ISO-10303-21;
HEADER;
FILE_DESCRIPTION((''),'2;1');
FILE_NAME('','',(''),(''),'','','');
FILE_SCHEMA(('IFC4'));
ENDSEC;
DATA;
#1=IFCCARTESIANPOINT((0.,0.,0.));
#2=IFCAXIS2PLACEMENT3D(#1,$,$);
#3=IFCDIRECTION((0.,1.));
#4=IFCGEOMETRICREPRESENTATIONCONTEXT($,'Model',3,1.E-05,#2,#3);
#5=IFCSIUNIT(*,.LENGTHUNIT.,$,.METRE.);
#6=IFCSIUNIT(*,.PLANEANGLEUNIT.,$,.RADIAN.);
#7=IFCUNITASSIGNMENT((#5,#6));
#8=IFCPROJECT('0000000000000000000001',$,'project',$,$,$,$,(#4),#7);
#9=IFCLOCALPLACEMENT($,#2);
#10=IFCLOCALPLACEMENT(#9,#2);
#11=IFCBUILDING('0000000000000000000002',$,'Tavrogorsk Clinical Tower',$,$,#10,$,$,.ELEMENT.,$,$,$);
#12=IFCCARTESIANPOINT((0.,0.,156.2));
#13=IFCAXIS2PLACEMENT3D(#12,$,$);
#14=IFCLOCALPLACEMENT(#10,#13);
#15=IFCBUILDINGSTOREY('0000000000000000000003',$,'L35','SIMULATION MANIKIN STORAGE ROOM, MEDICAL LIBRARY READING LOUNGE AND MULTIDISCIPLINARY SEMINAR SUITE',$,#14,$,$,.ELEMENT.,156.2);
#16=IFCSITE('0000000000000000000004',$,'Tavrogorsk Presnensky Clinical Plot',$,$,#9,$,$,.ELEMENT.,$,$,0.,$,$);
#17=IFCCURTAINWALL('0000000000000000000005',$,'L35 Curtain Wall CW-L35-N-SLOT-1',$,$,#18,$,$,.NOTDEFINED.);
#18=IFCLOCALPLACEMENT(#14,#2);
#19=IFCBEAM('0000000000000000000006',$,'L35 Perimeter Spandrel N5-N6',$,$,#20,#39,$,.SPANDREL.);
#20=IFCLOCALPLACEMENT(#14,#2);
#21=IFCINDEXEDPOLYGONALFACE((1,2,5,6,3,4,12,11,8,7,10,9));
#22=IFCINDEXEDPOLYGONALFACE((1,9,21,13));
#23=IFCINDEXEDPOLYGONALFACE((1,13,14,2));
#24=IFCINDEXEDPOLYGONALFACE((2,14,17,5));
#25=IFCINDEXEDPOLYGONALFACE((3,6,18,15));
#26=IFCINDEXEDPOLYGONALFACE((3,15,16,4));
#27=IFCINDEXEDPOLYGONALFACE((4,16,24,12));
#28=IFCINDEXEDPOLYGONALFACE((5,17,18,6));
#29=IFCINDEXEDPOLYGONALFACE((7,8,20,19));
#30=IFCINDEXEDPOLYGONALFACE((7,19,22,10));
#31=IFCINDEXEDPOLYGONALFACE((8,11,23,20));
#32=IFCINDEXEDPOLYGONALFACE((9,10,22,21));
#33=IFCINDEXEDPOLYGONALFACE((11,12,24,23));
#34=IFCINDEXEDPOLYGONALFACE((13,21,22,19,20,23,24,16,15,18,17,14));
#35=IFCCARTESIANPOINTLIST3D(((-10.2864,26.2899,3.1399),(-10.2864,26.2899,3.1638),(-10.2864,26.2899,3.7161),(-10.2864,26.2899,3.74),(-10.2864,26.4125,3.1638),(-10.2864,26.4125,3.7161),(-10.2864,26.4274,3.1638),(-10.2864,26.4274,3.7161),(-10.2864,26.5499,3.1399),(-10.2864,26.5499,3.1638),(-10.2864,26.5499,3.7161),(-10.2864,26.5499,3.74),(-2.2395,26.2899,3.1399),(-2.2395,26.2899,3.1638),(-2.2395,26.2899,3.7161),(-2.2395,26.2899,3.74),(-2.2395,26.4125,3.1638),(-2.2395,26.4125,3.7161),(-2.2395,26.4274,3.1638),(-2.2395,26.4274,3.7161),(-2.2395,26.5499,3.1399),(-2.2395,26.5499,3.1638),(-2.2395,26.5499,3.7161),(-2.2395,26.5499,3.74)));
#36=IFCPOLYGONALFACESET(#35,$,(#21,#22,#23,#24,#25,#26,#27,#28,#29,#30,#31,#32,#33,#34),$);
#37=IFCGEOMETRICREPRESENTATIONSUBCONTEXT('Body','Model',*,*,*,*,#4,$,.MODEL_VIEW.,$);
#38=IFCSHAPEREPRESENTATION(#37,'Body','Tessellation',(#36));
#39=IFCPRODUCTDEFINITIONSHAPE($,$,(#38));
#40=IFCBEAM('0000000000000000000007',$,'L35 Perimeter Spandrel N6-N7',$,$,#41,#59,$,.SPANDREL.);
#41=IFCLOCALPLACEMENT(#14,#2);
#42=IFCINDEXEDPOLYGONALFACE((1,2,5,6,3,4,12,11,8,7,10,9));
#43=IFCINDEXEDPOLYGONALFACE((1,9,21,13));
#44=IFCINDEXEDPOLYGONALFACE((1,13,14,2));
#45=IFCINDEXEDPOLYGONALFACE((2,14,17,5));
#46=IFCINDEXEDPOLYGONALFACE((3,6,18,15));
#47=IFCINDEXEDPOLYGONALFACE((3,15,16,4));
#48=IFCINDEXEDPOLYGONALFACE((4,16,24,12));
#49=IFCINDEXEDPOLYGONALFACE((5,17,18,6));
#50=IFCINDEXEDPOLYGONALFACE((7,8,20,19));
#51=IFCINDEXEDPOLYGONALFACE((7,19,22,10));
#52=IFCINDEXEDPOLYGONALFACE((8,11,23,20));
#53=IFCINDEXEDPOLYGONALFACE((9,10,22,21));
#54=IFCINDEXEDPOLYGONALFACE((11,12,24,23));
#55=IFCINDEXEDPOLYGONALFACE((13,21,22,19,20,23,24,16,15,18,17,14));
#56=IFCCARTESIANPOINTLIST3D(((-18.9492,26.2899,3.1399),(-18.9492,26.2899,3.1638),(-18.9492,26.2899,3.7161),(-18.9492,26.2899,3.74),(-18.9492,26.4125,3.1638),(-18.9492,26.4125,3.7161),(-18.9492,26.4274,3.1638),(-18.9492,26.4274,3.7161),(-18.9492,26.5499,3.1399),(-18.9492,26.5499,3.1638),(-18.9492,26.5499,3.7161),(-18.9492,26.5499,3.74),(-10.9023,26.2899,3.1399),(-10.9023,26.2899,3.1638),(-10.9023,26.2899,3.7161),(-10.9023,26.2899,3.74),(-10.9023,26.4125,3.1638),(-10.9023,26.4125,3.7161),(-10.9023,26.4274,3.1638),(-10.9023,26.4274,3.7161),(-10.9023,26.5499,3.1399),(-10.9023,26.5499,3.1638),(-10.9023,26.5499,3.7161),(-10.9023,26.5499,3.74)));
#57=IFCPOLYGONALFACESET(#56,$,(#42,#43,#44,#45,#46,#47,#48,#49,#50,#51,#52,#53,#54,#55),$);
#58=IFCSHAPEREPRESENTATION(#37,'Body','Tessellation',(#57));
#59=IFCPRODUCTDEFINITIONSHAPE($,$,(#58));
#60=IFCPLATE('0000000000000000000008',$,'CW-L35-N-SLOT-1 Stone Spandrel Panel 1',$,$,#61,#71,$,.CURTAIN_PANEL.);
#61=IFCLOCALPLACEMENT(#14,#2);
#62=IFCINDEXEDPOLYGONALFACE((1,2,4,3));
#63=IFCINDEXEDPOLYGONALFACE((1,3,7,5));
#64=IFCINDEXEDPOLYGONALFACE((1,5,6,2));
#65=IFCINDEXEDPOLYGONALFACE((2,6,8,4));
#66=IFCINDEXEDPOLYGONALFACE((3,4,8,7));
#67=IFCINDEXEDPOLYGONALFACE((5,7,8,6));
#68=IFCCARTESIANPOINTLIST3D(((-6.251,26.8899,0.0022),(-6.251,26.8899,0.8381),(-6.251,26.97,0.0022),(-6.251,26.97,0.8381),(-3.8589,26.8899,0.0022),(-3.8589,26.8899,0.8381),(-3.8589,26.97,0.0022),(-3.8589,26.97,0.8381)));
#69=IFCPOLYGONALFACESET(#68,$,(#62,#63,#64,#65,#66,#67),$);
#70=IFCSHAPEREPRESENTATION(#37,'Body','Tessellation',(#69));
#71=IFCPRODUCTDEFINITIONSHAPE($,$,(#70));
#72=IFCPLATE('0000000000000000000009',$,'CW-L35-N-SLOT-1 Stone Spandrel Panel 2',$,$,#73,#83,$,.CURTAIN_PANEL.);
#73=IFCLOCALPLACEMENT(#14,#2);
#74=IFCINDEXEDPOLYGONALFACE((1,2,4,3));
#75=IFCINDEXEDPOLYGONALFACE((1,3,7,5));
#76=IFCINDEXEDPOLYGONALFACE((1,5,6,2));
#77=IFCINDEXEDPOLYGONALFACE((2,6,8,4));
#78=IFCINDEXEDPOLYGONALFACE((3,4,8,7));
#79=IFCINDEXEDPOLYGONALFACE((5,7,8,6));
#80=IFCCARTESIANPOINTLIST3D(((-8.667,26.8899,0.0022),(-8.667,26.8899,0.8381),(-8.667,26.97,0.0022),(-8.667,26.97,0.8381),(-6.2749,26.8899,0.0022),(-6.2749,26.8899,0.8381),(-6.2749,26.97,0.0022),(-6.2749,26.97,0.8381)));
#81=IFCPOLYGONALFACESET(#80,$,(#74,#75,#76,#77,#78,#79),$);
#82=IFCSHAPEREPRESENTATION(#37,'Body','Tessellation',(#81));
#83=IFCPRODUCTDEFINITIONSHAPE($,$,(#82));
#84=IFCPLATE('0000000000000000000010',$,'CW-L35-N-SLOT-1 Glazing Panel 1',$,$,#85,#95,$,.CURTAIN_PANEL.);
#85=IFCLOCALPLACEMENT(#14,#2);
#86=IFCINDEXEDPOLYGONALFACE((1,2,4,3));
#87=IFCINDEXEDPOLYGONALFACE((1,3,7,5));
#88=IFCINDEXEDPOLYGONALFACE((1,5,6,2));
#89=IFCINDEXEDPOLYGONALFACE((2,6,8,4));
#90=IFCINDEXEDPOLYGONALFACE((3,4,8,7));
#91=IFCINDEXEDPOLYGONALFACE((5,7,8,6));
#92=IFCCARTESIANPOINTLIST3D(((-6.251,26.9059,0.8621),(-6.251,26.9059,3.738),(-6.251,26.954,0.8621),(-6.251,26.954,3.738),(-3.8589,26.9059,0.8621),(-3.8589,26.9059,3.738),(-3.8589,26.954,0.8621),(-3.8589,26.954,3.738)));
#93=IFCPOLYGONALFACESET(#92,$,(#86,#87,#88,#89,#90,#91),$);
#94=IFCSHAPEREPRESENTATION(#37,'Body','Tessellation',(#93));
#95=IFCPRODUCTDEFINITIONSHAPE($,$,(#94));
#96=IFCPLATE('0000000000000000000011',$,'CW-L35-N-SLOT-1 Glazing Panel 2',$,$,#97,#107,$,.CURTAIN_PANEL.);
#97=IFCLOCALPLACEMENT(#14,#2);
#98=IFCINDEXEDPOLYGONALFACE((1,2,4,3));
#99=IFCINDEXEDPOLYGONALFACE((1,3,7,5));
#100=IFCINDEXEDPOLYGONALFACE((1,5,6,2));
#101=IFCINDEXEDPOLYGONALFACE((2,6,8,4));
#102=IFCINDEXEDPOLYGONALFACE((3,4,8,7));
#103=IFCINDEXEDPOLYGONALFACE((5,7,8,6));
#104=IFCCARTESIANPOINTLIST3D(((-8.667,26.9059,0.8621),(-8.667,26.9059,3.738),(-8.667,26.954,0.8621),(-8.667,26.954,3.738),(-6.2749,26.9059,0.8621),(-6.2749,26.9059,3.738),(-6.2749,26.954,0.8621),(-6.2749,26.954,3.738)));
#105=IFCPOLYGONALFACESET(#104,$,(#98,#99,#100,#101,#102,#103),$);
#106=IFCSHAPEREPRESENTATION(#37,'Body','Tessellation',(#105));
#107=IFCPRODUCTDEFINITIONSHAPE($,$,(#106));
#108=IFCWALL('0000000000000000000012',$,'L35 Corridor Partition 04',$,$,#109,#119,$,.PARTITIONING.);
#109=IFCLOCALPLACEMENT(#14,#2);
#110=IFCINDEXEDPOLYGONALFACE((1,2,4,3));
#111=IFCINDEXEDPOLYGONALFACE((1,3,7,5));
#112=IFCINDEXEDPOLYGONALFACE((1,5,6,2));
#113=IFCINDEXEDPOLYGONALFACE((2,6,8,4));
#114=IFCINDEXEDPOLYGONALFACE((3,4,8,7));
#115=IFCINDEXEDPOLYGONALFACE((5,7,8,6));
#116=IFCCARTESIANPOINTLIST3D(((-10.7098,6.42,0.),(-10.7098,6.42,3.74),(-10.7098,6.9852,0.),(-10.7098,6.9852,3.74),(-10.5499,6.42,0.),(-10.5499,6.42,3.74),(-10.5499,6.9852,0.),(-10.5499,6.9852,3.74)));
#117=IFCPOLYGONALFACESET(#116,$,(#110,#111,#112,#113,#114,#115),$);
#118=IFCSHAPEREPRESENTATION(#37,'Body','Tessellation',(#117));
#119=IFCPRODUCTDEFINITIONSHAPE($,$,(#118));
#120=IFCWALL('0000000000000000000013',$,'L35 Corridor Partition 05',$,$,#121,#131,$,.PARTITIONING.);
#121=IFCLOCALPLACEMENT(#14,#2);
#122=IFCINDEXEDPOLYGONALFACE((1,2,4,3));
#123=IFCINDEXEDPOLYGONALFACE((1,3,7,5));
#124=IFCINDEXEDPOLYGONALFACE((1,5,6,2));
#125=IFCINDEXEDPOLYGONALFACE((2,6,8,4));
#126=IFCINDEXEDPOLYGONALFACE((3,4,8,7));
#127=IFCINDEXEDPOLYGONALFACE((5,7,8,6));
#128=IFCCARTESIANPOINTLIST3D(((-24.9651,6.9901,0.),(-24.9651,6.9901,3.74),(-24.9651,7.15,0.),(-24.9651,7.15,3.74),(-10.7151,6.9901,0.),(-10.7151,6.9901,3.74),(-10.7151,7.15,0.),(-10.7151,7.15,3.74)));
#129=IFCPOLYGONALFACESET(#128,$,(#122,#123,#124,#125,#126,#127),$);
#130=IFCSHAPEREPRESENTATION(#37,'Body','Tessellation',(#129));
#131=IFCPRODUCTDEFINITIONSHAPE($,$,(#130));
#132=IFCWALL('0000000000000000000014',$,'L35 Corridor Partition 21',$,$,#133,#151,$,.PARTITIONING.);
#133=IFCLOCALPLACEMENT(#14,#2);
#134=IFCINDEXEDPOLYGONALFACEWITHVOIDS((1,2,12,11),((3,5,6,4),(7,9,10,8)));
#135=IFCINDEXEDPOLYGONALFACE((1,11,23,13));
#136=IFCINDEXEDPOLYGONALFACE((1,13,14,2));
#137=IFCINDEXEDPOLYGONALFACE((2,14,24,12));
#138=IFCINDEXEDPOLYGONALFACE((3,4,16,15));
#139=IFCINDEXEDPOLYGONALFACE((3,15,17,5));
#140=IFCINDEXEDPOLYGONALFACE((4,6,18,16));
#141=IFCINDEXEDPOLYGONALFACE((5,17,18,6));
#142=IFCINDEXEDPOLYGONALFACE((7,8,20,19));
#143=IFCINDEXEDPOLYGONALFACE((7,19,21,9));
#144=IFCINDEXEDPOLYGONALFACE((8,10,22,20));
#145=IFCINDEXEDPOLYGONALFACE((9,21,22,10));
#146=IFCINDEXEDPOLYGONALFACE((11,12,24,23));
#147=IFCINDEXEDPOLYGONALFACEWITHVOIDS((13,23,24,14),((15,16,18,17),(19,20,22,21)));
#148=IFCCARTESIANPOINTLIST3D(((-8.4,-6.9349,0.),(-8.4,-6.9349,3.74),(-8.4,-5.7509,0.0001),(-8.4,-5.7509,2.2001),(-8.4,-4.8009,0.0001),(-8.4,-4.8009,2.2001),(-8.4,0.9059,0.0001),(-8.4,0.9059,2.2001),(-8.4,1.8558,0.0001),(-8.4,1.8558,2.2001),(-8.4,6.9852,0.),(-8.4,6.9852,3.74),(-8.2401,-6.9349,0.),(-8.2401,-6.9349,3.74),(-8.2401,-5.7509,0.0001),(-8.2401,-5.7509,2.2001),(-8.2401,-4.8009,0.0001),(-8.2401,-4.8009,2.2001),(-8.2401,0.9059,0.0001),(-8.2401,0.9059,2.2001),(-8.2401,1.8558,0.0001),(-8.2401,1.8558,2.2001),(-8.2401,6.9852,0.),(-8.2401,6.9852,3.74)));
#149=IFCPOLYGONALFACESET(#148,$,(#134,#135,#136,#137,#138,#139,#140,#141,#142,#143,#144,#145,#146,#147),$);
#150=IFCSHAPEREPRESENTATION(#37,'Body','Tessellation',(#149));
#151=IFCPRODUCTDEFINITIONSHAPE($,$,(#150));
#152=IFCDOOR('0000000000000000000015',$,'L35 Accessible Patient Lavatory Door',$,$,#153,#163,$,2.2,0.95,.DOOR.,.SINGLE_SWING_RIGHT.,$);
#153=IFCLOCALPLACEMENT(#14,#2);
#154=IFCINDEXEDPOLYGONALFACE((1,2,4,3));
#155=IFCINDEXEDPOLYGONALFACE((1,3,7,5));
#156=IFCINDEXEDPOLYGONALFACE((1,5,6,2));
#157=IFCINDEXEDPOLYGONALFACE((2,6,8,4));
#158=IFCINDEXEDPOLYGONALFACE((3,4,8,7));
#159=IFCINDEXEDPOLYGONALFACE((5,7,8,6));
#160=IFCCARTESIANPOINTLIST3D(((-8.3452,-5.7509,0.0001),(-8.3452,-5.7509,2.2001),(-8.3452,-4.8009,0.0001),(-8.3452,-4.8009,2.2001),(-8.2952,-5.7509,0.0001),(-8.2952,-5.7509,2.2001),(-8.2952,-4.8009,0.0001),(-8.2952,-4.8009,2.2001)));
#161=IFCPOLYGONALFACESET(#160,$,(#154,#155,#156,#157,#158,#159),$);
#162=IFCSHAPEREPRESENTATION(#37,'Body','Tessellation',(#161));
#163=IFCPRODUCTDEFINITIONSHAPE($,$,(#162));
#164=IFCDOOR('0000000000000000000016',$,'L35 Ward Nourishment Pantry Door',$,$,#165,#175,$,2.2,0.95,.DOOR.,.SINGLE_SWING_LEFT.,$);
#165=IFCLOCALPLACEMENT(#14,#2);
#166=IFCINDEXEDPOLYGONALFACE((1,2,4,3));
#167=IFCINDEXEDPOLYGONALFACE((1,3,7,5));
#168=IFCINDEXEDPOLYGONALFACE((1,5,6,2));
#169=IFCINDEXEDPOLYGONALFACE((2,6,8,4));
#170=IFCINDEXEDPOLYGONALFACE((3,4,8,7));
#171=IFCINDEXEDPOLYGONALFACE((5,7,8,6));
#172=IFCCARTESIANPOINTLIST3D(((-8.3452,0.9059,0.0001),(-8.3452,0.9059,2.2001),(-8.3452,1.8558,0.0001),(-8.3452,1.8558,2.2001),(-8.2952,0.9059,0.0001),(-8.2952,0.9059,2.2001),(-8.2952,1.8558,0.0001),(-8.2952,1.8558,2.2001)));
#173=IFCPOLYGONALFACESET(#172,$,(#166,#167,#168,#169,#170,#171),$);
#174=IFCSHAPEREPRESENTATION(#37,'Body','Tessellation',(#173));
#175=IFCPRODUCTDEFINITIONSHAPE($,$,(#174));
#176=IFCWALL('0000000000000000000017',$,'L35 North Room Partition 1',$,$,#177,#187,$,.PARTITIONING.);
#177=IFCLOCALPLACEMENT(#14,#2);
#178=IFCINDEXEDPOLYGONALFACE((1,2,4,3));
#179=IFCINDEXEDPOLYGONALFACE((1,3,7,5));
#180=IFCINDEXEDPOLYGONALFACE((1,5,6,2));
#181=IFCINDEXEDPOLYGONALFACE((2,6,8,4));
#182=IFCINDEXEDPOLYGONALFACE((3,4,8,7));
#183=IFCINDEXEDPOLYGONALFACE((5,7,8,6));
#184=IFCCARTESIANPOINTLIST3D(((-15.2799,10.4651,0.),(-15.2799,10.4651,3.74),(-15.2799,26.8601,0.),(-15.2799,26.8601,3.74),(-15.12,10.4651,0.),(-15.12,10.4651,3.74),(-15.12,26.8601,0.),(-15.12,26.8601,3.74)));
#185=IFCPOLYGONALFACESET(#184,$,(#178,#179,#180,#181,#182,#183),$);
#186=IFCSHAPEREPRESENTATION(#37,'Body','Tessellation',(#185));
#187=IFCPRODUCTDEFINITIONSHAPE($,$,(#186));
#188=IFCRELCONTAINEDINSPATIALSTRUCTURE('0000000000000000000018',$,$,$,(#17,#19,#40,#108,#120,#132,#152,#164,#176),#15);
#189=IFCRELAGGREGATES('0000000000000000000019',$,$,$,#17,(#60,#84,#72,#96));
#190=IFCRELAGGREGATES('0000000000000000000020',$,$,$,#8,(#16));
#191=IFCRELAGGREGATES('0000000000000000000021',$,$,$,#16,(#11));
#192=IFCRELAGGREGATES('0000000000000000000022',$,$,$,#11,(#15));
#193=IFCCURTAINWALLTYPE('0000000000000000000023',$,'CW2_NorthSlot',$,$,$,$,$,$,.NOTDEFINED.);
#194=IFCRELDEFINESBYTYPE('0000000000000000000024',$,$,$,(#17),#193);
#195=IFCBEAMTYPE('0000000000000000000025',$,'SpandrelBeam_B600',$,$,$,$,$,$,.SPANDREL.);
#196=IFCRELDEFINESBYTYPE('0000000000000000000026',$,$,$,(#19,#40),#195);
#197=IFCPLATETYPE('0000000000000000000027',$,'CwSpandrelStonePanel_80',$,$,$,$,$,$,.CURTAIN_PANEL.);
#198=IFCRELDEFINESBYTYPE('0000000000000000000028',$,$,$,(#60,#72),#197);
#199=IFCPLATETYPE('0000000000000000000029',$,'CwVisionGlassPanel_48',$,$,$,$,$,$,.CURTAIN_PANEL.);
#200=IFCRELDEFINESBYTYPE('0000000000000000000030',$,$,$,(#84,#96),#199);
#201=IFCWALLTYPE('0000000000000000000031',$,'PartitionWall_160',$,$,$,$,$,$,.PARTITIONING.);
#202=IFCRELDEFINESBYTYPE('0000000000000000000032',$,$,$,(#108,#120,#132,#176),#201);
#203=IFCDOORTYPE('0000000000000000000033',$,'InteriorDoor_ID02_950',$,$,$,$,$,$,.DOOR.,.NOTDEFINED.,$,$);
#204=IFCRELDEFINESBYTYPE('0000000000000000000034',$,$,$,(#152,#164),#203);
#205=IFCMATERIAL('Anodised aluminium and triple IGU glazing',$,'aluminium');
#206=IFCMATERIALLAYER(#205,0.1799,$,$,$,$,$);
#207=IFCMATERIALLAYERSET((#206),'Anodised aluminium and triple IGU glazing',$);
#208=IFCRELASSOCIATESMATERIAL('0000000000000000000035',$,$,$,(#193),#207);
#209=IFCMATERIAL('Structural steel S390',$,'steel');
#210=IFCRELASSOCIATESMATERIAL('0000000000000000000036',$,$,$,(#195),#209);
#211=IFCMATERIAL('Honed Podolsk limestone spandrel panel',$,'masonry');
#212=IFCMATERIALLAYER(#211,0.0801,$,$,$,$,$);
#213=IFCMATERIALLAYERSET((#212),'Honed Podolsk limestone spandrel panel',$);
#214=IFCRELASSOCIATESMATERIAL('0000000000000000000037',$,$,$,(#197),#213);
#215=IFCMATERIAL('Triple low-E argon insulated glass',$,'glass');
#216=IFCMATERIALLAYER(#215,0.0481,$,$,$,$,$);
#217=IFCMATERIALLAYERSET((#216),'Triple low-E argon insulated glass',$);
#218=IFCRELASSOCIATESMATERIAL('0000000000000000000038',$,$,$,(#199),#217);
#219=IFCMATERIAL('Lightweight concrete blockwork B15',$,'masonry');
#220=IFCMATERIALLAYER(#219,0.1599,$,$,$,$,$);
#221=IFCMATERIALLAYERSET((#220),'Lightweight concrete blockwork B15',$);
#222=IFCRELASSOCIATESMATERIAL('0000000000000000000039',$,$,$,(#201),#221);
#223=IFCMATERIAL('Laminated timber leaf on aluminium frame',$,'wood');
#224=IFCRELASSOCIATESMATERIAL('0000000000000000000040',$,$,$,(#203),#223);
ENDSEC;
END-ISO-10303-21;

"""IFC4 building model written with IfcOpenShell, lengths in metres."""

from ifc_helpers import new_model, si_unit, direction, frame, frame_2d, origin, origin_2d, place, context, subcontext, project, spatial, rectangle, i_section, extrude, material, layer, layer_set, material_profile, profile_set, type_object, element, fill, aggregate, save


model = new_model("IFC4")

# Units and contexts
model_context = context("Model", 3, precision=1e-05, world=origin(), true_north=direction((0.0, 1.0)))
body_context = subcontext(model_context, "Body", "Model", "MODEL_VIEW")
ifc_project = project(units=[si_unit("LENGTHUNIT", "METRE"), si_unit("PLANEANGLEUNIT", "RADIAN")], contexts=[model_context])

# Site, building, storey
site_placement = place(None, origin())
site = spatial("IfcSite", under=ifc_project, at=site_placement, Name="Tavrogorsk Presnensky Clinical Plot", CompositionType="ELEMENT", RefElevation=0.0)
building_placement = place(site_placement, origin())
building = spatial("IfcBuilding", under=site, at=building_placement, Name="Tavrogorsk Clinical Tower", CompositionType="ELEMENT")
storey_placement = place(building_placement, frame((0.0, 0.0, 156.2)))
storey = spatial("IfcBuildingStorey", under=building, at=storey_placement, Name="L35", Description="SIMULATION MANIKIN STORAGE ROOM, MEDICAL LIBRARY READING LOUNGE AND MULTIDISCIPLINARY SEMINAR SUITE", CompositionType="ELEMENT", Elevation=156.2)

# Curtain wall
ifc_material_1 = material(Name="Anodised aluminium and triple IGU glazing", Category="aluminium")
ifc_layer_1 = layer(ifc_material_1, 0.1799)
ifc_layer_set_1 = layer_set([ifc_layer_1], Name="Anodised aluminium and triple IGU glazing")
curtain_wall_type = type_object("IfcCurtainWallType", Name="CW2_NorthSlot", PredefinedType="NOTDEFINED", material=ifc_layer_set_1)
curtain_wall_placement = place(storey_placement, origin())
curtain_wall = element("IfcCurtainWall", 1, at=curtain_wall_placement, inside=storey, type_object=curtain_wall_type, Name="L35 Curtain Wall CW-L35-N-SLOT-1", PredefinedType="NOTDEFINED")

# Beams
ifc_material_2 = material(Name="Structural steel S390", Category="steel")
ifc_material_profile_1 = material_profile(ifc_material_2, i_section(OverallWidth=0.26, OverallDepth=0.6001, WebThickness=0.0149, FlangeThickness=0.0239, at=origin_2d()), Name="B-600x260x15x24")
ifc_profile_set_1 = profile_set([ifc_material_profile_1], Name="Structural steel S390")
beam_type_1 = type_object("IfcBeamType", Name="SpandrelBeam_B600", PredefinedType="SPANDREL", material=ifc_profile_set_1)
for number, where, z_axis, x_axis, name in (
    (2, (-2.2395, 26.4199, 3.4399), (-1.0, 0.0, 0.0), (0.0, -1.0, 0.0), "L35 Perimeter Spandrel N5-N6"),
    (3, (-10.9023, 26.4199, 3.4399), (-1.0, 0.0, 0.0), (0.0, -1.0, 0.0), "L35 Perimeter Spandrel N6-N7"),
):
    element("IfcBeam", number, at=place(storey_placement, frame(where, z_axis=z_axis, x_axis=x_axis)), inside=storey, type_object=beam_type_1, Name=name, PredefinedType="SPANDREL", context=body_context, shape_type="SweptSolid", body=[
        extrude(i_section(OverallWidth=0.26, OverallDepth=0.6001, WebThickness=0.0149, FlangeThickness=0.0239, at=origin_2d()), origin(), (0.0, 0.0, 1.0), 8.0469),
    ])

# Plates
ifc_material_3 = material(Name="Honed Podolsk limestone spandrel panel", Category="masonry")
ifc_layer_2 = layer(ifc_material_3, 0.0801)
ifc_layer_set_2 = layer_set([ifc_layer_2], Name="Honed Podolsk limestone spandrel panel")
plate_type_1 = type_object("IfcPlateType", Name="CwSpandrelStonePanel_80", PredefinedType="CURTAIN_PANEL", material=ifc_layer_set_2)
plate_1_placement = place(storey_placement, frame((-5.0549, 26.9299, 0.0022), z_axis=(0.0, 0.0, 1.0), x_axis=(-1.0, 0.0, 0.0)))
plate_1 = element("IfcPlate", 4, at=plate_1_placement, type_object=plate_type_1, Name="CW-L35-N-SLOT-1 Stone Spandrel Panel 1", PredefinedType="CURTAIN_PANEL", context=body_context, shape_type="SweptSolid", body=[
    extrude(rectangle(XDim=2.3921, YDim=0.0801, at=origin_2d()), origin(), (0.0, 0.0, 1.0), 0.8359),
])
plate_2_placement = place(storey_placement, frame((-7.4709, 26.9299, 0.0022), z_axis=(0.0, 0.0, 1.0), x_axis=(-1.0, 0.0, 0.0)))
plate_2 = element("IfcPlate", 5, at=plate_2_placement, type_object=plate_type_1, Name="CW-L35-N-SLOT-1 Stone Spandrel Panel 2", PredefinedType="CURTAIN_PANEL", context=body_context, shape_type="SweptSolid", body=[
    extrude(rectangle(XDim=2.3921, YDim=0.0801, at=origin_2d()), origin(), (0.0, 0.0, 1.0), 0.8359),
])
ifc_material_4 = material(Name="Triple low-E argon insulated glass", Category="glass")
ifc_layer_3 = layer(ifc_material_4, 0.0481)
ifc_layer_set_3 = layer_set([ifc_layer_3], Name="Triple low-E argon insulated glass")
plate_type_2 = type_object("IfcPlateType", Name="CwVisionGlassPanel_48", PredefinedType="CURTAIN_PANEL", material=ifc_layer_set_3)
plate_3_placement = place(storey_placement, frame((-5.0549, 26.9299, 0.8621), z_axis=(0.0, 0.0, 1.0), x_axis=(-1.0, 0.0, 0.0)))
plate_3 = element("IfcPlate", 6, at=plate_3_placement, type_object=plate_type_2, Name="CW-L35-N-SLOT-1 Glazing Panel 1", PredefinedType="CURTAIN_PANEL", context=body_context, shape_type="SweptSolid", body=[
    extrude(rectangle(XDim=2.3921, YDim=0.0481, at=origin_2d()), origin(), (0.0, 0.0, 1.0), 2.876),
])
plate_4_placement = place(storey_placement, frame((-7.4709, 26.9299, 0.8621), z_axis=(0.0, 0.0, 1.0), x_axis=(-1.0, 0.0, 0.0)))
plate_4 = element("IfcPlate", 7, at=plate_4_placement, type_object=plate_type_2, Name="CW-L35-N-SLOT-1 Glazing Panel 2", PredefinedType="CURTAIN_PANEL", context=body_context, shape_type="SweptSolid", body=[
    extrude(rectangle(XDim=2.3921, YDim=0.0481, at=origin_2d()), origin(), (0.0, 0.0, 1.0), 2.876),
])
aggregate(curtain_wall, [plate_1, plate_3, plate_2, plate_4])

# Walls
ifc_material_5 = material(Name="Lightweight concrete blockwork B15", Category="masonry")
ifc_layer_4 = layer(ifc_material_5, 0.1599)
ifc_layer_set_4 = layer_set([ifc_layer_4], Name="Lightweight concrete blockwork B15")
wall_type_1 = type_object("IfcWallType", Name="PartitionWall_160", PredefinedType="PARTITIONING", material=ifc_layer_set_4)
wall_1_placement = place(storey_placement, frame((-10.6299, 6.4199, 0.0), z_axis=(0.0, 0.0, 1.0), x_axis=(0.0, 1.0, 0.0)))
element("IfcWall", 8, at=wall_1_placement, inside=storey, type_object=wall_type_1, Name="L35 Corridor Partition 04", PredefinedType="PARTITIONING", context=body_context, shape_type="SweptSolid", body=[
    extrude(rectangle(XDim=0.5652, YDim=0.1599, at=frame_2d((0.2827, 0.0))), origin(), (0.0, 0.0, 1.0), 3.74),
])
wall_2_placement = place(storey_placement, frame((-10.7151, 7.0701, 0.0), z_axis=(0.0, 0.0, 1.0), x_axis=(-1.0, 0.0, 0.0)))
element("IfcWall", 9, at=wall_2_placement, inside=storey, type_object=wall_type_1, Name="L35 Corridor Partition 05", PredefinedType="PARTITIONING", context=body_context, shape_type="SweptSolid", body=[
    extrude(rectangle(XDim=14.25, YDim=0.1599, at=frame_2d((7.125, 0.0))), origin(), (0.0, 0.0, 1.0), 3.74),
])

# Wall, openings, doors
wall_3_placement = place(storey_placement, frame((-8.3201, 6.9851, 0.0), z_axis=(0.0, 0.0, 1.0), x_axis=(0.0, -1.0, 0.0)))
wall_3 = element("IfcWall", 10, at=wall_3_placement, inside=storey, type_object=wall_type_1, Name="L35 Corridor Partition 21", PredefinedType="PARTITIONING", context=body_context, shape_type="SweptSolid", body=[
    extrude(rectangle(XDim=13.9202, YDim=0.1599, at=frame_2d((6.96, 0.0))), origin(), (0.0, 0.0, 1.0), 3.74),
])
opening_1_placement = place(wall_3_placement, frame((11.7859, 0.0, 0.0)))
opening_1 = element("IfcOpeningElement", 11, at=opening_1_placement, cuts=wall_3, PredefinedType="OPENING", context=body_context, shape_type="SweptSolid", body=[
    extrude(rectangle(XDim=0.95, YDim=2.2, at=frame_2d((0.4751, 1.1001))), frame((0.0, 0.0898, 0.0), z_axis=(0.0, -1.0, 0.0), x_axis=(1.0, 0.0, 0.0)), (0.0, 0.0, 1.0), 0.1799),
])
opening_2_placement = place(wall_3_placement, frame((5.1292, 0.0, 0.0)))
opening_2 = element("IfcOpeningElement", 12, at=opening_2_placement, cuts=wall_3, PredefinedType="OPENING", context=body_context, shape_type="SweptSolid", body=[
    extrude(rectangle(XDim=0.95, YDim=2.2, at=frame_2d((0.4751, 1.1001))), frame((0.0, 0.0898, 0.0), z_axis=(0.0, -1.0, 0.0), x_axis=(1.0, 0.0, 0.0)), (0.0, 0.0, 1.0), 0.1799),
])
ifc_material_6 = material(Name="Laminated timber leaf on aluminium frame", Category="wood")
door_type = type_object("IfcDoorType", Name="InteriorDoor_ID02_950", OperationType="NOTDEFINED", PredefinedType="DOOR", material=ifc_material_6)
door_1_placement = place(opening_1_placement, origin())
door_1 = element("IfcDoor", 13, at=door_1_placement, inside=storey, type_object=door_type, Name="L35 Accessible Patient Lavatory Door", OperationType="SINGLE_SWING_RIGHT", OverallHeight=2.2, OverallWidth=0.95, PredefinedType="DOOR", context=body_context, shape_type="SweptSolid", body=[
    extrude(rectangle(XDim=0.95, YDim=2.2, at=frame_2d((0.4751, 1.1001))), frame((0.0, 0.0249, 0.0), z_axis=(0.0, -1.0, 0.0), x_axis=(1.0, 0.0, 0.0)), (0.0, 0.0, 1.0), 0.05),
])
fill(opening_1, door_1)
door_2_placement = place(opening_2_placement, origin())
door_2 = element("IfcDoor", 14, at=door_2_placement, inside=storey, type_object=door_type, Name="L35 Ward Nourishment Pantry Door", OperationType="SINGLE_SWING_LEFT", OverallHeight=2.2, OverallWidth=0.95, PredefinedType="DOOR", context=body_context, shape_type="SweptSolid", body=[
    extrude(rectangle(XDim=0.95, YDim=2.2, at=frame_2d((0.4751, 1.1001))), frame((0.0, 0.0249, 0.0), z_axis=(0.0, -1.0, 0.0), x_axis=(1.0, 0.0, 0.0)), (0.0, 0.0, 1.0), 0.05),
])
fill(opening_2, door_2)

# Wall
wall_4_placement = place(storey_placement, frame((-15.2, 10.4651, 0.0), z_axis=(0.0, 0.0, 1.0), x_axis=(0.0, 1.0, 0.0)))
element("IfcWall", 15, at=wall_4_placement, inside=storey, type_object=wall_type_1, Name="L35 North Room Partition 1", PredefinedType="PARTITIONING", context=body_context, shape_type="SweptSolid", body=[
    extrude(rectangle(XDim=16.395, YDim=0.1599, at=frame_2d((8.1975, 0.0))), origin(), (0.0, 0.0, 1.0), 3.74),
])

save(model, "model.ifc")
